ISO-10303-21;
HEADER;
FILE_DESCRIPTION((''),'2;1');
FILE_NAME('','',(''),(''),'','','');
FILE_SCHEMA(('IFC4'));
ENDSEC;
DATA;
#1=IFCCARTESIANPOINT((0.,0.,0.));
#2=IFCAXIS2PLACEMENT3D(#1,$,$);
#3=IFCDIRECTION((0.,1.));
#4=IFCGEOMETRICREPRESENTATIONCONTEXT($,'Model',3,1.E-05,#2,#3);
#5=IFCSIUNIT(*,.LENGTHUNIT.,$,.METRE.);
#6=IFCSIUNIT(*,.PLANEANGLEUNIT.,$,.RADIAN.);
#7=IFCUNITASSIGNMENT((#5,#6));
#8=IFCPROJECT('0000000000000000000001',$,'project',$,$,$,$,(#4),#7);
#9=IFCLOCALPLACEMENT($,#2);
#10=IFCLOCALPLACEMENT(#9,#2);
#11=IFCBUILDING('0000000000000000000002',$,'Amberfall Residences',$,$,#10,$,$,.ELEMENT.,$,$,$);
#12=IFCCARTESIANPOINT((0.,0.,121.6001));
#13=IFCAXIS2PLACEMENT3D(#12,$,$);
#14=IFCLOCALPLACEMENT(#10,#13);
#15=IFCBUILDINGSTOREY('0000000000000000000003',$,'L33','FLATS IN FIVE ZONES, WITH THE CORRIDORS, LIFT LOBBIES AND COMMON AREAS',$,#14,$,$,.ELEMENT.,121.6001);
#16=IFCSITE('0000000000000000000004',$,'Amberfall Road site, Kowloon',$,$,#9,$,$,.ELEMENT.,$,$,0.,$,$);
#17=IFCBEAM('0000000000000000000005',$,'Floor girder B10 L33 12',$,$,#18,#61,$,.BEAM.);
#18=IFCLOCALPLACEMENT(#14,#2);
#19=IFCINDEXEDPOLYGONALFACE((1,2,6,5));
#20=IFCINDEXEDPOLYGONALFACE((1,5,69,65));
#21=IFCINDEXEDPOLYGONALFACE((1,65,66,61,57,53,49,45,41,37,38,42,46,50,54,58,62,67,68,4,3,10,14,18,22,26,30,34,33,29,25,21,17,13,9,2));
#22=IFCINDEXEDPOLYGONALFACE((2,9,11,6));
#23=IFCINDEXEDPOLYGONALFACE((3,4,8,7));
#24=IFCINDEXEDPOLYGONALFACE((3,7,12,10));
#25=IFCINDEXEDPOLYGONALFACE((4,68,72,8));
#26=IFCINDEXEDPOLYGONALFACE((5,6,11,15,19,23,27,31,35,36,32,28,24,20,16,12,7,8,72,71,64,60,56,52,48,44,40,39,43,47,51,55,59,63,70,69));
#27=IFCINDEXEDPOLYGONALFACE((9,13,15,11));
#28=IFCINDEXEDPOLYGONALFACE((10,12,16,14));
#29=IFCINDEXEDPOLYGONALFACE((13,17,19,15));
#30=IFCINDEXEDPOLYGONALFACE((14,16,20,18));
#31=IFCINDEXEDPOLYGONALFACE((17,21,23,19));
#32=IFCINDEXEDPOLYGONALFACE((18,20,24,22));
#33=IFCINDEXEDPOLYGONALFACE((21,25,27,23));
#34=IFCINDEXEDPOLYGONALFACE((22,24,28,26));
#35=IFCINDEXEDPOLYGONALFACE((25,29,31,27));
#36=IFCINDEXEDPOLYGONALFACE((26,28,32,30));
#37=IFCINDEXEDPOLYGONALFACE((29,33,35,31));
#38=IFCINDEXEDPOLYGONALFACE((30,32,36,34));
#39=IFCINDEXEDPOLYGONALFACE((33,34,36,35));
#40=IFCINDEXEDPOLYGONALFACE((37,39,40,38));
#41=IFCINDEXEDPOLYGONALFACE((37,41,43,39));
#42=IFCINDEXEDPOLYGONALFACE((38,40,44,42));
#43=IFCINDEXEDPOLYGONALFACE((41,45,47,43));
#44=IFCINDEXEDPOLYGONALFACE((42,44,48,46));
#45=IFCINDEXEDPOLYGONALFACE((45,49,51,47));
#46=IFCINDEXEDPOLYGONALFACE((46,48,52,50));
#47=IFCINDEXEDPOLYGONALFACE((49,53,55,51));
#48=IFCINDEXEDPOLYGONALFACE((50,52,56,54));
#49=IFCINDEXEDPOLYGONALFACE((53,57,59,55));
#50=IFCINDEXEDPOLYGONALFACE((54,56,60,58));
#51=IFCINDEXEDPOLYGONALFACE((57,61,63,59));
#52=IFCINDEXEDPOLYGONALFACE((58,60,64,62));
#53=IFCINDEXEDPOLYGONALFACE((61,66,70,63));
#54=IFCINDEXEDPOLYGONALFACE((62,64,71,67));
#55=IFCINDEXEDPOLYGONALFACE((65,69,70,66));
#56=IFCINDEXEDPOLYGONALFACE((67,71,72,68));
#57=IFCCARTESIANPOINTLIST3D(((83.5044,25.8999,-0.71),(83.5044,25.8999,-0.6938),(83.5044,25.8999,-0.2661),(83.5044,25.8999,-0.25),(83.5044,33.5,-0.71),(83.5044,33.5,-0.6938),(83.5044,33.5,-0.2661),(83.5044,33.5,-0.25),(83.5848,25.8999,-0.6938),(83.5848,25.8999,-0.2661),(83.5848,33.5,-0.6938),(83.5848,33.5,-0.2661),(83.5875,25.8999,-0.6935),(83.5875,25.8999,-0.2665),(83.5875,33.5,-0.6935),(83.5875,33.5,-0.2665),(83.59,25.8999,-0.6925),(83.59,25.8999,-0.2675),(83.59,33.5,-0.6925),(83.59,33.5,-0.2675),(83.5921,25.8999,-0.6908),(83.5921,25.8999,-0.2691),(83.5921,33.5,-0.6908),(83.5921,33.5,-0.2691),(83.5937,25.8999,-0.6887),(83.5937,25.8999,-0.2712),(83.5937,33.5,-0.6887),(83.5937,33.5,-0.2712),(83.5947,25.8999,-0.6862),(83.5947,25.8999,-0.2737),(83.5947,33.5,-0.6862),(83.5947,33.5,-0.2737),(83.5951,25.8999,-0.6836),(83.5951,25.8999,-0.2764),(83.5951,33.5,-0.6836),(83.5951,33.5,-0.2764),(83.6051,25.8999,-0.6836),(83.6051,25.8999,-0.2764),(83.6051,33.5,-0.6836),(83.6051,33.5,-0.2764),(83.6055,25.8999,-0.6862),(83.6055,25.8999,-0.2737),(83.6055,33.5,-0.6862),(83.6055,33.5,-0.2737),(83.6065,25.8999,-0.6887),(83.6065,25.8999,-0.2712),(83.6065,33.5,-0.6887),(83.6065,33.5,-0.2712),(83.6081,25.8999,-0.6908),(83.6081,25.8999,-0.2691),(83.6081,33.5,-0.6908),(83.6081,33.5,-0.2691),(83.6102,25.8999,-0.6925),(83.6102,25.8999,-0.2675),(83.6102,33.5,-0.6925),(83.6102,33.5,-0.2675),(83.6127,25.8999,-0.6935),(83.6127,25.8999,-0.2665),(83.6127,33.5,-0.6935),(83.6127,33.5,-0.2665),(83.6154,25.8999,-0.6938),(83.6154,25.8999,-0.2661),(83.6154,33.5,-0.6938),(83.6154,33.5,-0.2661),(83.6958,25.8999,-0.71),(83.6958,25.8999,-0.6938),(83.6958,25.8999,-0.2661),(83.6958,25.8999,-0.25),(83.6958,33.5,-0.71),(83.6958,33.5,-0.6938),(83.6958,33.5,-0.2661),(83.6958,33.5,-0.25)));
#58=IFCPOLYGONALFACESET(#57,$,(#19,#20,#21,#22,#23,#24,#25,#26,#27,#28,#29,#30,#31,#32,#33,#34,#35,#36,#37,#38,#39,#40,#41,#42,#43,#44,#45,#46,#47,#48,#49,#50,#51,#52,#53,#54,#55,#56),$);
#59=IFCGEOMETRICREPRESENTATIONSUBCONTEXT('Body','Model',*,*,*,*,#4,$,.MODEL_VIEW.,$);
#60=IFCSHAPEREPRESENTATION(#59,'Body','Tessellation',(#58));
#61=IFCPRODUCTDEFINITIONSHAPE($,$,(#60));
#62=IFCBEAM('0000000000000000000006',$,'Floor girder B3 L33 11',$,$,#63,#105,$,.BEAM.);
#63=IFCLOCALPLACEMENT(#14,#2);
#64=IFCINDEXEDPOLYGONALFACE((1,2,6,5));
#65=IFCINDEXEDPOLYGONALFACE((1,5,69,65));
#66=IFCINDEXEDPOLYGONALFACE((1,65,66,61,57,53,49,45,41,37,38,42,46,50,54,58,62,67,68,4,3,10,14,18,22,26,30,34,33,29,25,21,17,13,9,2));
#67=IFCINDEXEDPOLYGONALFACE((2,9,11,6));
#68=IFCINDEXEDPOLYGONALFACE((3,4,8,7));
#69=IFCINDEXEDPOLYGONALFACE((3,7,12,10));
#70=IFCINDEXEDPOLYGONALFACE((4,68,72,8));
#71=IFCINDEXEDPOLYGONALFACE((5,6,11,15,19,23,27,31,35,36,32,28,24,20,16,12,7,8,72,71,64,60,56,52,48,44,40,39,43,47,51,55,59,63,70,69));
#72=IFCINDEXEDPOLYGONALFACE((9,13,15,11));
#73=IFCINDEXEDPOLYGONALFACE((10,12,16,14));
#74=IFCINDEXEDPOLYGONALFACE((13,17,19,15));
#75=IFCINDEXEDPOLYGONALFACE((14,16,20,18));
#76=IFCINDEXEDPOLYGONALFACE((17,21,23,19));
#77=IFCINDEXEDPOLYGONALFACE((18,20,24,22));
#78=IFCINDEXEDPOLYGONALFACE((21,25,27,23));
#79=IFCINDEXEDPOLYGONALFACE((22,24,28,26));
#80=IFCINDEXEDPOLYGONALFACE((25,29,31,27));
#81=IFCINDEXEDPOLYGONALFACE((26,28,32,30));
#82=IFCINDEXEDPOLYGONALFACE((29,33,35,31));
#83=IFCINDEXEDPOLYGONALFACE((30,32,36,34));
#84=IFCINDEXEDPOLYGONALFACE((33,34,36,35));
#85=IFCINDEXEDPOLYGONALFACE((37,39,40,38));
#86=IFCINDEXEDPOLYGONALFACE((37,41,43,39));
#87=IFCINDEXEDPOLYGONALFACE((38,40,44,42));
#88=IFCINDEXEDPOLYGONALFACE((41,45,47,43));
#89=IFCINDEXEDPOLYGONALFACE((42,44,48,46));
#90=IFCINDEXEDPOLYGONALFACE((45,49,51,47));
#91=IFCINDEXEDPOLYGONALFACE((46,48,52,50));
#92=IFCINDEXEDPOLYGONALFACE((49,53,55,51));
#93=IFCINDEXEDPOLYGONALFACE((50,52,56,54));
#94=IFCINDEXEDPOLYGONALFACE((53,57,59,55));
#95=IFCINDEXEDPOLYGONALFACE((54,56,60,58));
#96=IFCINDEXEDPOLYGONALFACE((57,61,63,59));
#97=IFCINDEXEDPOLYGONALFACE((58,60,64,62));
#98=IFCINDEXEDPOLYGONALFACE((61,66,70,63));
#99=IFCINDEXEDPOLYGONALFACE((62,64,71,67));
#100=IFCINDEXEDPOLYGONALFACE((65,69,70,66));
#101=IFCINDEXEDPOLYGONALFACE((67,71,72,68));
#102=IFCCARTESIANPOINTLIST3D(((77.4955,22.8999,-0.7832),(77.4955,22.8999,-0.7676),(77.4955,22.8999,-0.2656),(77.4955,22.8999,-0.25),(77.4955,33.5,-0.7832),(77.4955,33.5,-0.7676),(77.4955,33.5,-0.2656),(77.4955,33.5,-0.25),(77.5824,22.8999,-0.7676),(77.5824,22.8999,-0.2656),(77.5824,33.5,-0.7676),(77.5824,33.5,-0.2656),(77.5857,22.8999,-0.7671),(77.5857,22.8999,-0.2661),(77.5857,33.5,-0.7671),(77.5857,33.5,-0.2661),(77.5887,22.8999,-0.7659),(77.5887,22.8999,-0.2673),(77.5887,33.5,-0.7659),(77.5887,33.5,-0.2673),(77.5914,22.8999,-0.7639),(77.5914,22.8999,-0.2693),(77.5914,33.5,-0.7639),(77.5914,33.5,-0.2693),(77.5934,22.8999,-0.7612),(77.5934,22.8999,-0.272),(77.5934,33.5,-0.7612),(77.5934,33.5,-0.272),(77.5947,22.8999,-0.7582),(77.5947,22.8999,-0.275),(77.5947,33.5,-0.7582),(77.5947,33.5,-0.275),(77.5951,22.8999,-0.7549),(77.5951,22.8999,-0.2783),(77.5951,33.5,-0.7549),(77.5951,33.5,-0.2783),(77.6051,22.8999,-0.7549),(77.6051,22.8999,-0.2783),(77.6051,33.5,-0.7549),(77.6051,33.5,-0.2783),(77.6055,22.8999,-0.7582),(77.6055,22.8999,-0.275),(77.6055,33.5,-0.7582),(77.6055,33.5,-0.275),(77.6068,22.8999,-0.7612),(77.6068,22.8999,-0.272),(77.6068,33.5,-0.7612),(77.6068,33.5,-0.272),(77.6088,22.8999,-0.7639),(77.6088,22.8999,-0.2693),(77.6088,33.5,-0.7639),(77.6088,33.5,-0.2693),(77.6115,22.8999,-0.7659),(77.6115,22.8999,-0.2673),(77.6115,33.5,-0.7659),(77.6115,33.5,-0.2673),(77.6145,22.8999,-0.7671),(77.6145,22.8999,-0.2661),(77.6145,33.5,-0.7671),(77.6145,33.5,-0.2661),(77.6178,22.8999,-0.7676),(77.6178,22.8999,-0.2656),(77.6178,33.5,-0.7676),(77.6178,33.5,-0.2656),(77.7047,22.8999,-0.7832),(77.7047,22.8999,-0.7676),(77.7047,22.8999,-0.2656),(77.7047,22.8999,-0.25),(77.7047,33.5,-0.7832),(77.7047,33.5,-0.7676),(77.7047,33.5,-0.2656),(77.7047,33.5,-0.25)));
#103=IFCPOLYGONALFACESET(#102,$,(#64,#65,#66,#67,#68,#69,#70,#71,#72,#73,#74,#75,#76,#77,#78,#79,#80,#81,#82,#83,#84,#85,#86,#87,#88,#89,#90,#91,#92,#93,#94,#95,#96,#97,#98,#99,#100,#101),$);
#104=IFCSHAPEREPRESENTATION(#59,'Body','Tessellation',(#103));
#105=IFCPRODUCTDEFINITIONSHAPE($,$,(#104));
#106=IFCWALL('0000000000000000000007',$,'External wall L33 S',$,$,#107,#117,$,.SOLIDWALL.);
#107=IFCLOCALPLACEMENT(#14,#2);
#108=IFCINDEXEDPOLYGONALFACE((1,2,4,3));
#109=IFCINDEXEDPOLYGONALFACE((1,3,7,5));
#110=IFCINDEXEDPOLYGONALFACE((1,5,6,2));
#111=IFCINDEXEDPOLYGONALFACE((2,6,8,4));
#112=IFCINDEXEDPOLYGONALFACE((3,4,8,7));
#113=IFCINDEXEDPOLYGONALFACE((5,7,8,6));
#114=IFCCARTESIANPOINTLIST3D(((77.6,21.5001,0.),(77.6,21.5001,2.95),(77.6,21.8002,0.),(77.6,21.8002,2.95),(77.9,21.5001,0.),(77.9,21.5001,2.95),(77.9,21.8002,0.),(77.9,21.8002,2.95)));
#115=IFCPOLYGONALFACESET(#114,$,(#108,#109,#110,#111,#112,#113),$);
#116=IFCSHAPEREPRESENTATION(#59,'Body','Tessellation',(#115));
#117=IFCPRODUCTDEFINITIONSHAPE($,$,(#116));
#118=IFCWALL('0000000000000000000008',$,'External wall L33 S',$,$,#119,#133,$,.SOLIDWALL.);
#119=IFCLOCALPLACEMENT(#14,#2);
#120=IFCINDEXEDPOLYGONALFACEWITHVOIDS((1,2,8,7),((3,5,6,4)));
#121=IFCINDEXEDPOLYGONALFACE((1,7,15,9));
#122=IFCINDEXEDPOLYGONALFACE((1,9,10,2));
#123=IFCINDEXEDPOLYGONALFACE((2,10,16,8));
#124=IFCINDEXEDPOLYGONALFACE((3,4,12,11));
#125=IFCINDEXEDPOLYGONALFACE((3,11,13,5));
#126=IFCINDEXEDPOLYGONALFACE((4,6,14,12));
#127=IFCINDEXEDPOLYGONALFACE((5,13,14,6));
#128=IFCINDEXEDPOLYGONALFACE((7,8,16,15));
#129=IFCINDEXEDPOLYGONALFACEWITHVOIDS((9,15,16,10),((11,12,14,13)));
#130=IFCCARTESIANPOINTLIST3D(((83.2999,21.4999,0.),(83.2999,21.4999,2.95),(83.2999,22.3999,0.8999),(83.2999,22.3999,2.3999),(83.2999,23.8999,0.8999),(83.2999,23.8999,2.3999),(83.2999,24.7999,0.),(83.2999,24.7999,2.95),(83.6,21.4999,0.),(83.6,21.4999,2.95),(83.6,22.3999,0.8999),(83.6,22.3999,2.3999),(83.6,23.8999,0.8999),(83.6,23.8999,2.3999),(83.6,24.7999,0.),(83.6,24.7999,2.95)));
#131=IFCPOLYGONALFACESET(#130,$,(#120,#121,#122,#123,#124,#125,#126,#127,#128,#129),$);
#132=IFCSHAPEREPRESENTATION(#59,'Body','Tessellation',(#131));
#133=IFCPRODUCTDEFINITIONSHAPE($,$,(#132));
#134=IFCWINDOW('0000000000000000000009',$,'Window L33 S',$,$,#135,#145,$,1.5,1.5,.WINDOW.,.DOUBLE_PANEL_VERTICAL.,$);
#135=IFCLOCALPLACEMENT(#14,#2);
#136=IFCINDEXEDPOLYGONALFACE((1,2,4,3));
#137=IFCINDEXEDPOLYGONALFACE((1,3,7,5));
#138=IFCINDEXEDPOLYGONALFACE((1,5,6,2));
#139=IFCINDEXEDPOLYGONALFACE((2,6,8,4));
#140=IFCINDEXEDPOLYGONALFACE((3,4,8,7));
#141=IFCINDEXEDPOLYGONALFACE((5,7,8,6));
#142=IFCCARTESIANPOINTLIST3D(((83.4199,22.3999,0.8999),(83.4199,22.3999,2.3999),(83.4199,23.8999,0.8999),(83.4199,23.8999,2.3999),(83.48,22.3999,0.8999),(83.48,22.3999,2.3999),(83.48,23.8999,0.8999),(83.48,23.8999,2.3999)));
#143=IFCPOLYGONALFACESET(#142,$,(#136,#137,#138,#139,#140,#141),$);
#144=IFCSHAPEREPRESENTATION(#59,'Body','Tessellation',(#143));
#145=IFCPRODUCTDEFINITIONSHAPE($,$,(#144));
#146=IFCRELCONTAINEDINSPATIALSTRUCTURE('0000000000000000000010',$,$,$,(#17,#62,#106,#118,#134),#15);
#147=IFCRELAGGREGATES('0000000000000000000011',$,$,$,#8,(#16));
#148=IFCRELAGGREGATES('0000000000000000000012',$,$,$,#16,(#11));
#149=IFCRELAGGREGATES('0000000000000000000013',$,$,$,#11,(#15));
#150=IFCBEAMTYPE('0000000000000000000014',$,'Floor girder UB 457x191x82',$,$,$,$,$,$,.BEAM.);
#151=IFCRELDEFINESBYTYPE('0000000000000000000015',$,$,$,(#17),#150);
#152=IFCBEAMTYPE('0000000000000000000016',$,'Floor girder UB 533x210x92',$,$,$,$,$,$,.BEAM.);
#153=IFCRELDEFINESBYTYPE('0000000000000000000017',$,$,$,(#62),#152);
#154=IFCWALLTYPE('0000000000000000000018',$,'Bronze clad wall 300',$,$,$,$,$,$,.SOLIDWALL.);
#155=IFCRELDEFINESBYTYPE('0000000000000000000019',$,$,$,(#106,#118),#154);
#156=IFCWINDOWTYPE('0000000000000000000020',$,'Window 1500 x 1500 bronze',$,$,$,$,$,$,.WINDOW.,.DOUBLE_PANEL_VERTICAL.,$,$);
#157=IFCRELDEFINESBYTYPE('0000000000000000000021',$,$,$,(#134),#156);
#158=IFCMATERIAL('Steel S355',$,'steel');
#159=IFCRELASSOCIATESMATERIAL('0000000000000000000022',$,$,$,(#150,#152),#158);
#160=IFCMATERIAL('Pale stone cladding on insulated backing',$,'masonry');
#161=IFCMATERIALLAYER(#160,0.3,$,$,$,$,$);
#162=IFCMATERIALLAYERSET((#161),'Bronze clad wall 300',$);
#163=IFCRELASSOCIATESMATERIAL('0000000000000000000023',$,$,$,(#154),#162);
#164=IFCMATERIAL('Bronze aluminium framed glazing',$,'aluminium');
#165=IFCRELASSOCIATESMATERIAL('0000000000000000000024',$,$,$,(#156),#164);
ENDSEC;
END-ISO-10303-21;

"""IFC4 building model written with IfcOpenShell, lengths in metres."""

from ifc_helpers import new_model, si_unit, direction, frame, frame_2d, origin, origin_2d, place, context, subcontext, project, spatial, rectangle, i_section, extrude, material, layer, layer_set, material_profile, profile_set, type_object, element, fill, save


model = new_model("IFC4")

# Units and contexts
model_context = context("Model", 3, precision=1e-05, world=origin(), true_north=direction((0.0, 1.0)))
body_context = subcontext(model_context, "Body", "Model", "MODEL_VIEW")
ifc_project = project(units=[si_unit("LENGTHUNIT", "METRE"), si_unit("PLANEANGLEUNIT", "RADIAN")], contexts=[model_context])

# Site, building, storey
site_placement = place(None, origin())
site = spatial("IfcSite", under=ifc_project, at=site_placement, Name="Amberfall Road site, Kowloon", CompositionType="ELEMENT", RefElevation=0.0)
building_placement = place(site_placement, origin())
building = spatial("IfcBuilding", under=site, at=building_placement, Name="Amberfall Residences", CompositionType="ELEMENT")
storey_placement = place(building_placement, frame((0.0, 0.0, 121.6001)))
storey = spatial("IfcBuildingStorey", under=building, at=storey_placement, Name="L33", Description="FLATS IN FIVE ZONES, WITH THE CORRIDORS, LIFT LOBBIES AND COMMON AREAS", CompositionType="ELEMENT", Elevation=121.6001)

# Beams
ifc_material_1 = material(Name="Steel S355", Category="steel")
ifc_material_profile_1 = material_profile(ifc_material_1, i_section(OverallWidth=0.1914, OverallDepth=0.46, WebThickness=0.01, FlangeThickness=0.0161, FilletRadius=0.0103, at=origin_2d()), Name="UB 457x191x82")
ifc_profile_set_1 = profile_set([ifc_material_profile_1], Name="Steel S355")
beam_type_1 = type_object("IfcBeamType", Name="Floor girder UB 457x191x82", PredefinedType="BEAM", material=ifc_profile_set_1)
beam_1_placement = place(storey_placement, frame((83.6001, 25.8999, -0.48), z_axis=(0.0, 1.0, 0.0), x_axis=(-1.0, 0.0, 0.0)))
element("IfcBeam", 1, at=beam_1_placement, inside=storey, type_object=beam_type_1, Name="Floor girder B10 L33 12", PredefinedType="BEAM", context=body_context, shape_type="SweptSolid", body=[
    extrude(i_section(OverallWidth=0.1914, OverallDepth=0.46, WebThickness=0.01, FlangeThickness=0.0161, FilletRadius=0.0103, at=origin_2d()), origin(), (0.0, 0.0, 1.0), 7.6001),
])
ifc_material_profile_2 = material_profile(ifc_material_1, i_section(OverallWidth=0.2092, OverallDepth=0.5332, WebThickness=0.01, FlangeThickness=0.0156, FilletRadius=0.0127, at=origin_2d()), Name="UB 533x210x92")
ifc_profile_set_2 = profile_set([ifc_material_profile_2], Name="Steel S355")
beam_type_2 = type_object("IfcBeamType", Name="Floor girder UB 533x210x92", PredefinedType="BEAM", material=ifc_profile_set_2)
beam_2_placement = place(storey_placement, frame((77.6001, 22.8999, -0.5166), z_axis=(0.0, 1.0, 0.0), x_axis=(-1.0, 0.0, 0.0)))
element("IfcBeam", 2, at=beam_2_placement, inside=storey, type_object=beam_type_2, Name="Floor girder B3 L33 11", PredefinedType="BEAM", context=body_context, shape_type="SweptSolid", body=[
    extrude(i_section(OverallWidth=0.2092, OverallDepth=0.5332, WebThickness=0.01, FlangeThickness=0.0156, FilletRadius=0.0127, at=origin_2d()), origin(), (0.0, 0.0, 1.0), 10.6001),
])

# Wall
ifc_material_2 = material(Name="Pale stone cladding on insulated backing", Category="masonry")
ifc_layer_1 = layer(ifc_material_2, 0.3)
ifc_layer_set_1 = layer_set([ifc_layer_1], Name="Bronze clad wall 300")
wall_type_1 = type_object("IfcWallType", Name="Bronze clad wall 300", PredefinedType="SOLIDWALL", material=ifc_layer_set_1)
wall_1_placement = place(storey_placement, frame((77.75, 21.8, 0.0), z_axis=(0.0, 0.0, 1.0), x_axis=(0.0, -1.0, 0.0)))
element("IfcWall", 3, at=wall_1_placement, inside=storey, type_object=wall_type_1, Name="External wall L33 S", PredefinedType="SOLIDWALL", context=body_context, shape_type="SweptSolid", body=[
    extrude(rectangle(XDim=0.3, YDim=0.3, at=frame_2d((0.1499, 0.0))), origin(), (0.0, 0.0, 1.0), 2.95),
])

# Wall, opening, window
wall_2_placement = place(storey_placement, frame((83.45, 21.5, 0.0), z_axis=(0.0, 0.0, 1.0), x_axis=(0.0, 1.0, 0.0)))
wall_2 = element("IfcWall", 4, at=wall_2_placement, inside=storey, type_object=wall_type_1, Name="External wall L33 S", PredefinedType="SOLIDWALL", context=body_context, shape_type="SweptSolid", body=[
    extrude(rectangle(XDim=3.3, YDim=0.3, at=frame_2d((1.6499, 0.0))), origin(), (0.0, 0.0, 1.0), 2.95),
])
opening_1_placement = place(wall_2_placement, frame((0.8999, 0.0, 0.8999)))
opening_1 = element("IfcOpeningElement", 5, at=opening_1_placement, cuts=wall_2, PredefinedType="OPENING", context=body_context, shape_type="SweptSolid", body=[
    extrude(rectangle(XDim=1.5, YDim=1.5, at=frame_2d((0.75, 0.75))), frame((0.0, 0.1599, 0.0), z_axis=(0.0, -1.0, 0.0), x_axis=(1.0, 0.0, 0.0)), (0.0, 0.0, 1.0), 0.3201),
])
ifc_material_3 = material(Name="Bronze aluminium framed glazing", Category="aluminium")
window_type_1 = type_object("IfcWindowType", Name="Window 1500 x 1500 bronze", PartitioningType="DOUBLE_PANEL_VERTICAL", PredefinedType="WINDOW", material=ifc_material_3)
window_1_placement = place(opening_1_placement, origin())
window_1 = element("IfcWindow", 6, at=window_1_placement, inside=storey, type_object=window_type_1, Name="Window L33 S", OverallHeight=1.5, OverallWidth=1.5, PartitioningType="DOUBLE_PANEL_VERTICAL", PredefinedType="WINDOW", context=body_context, shape_type="SweptSolid", body=[
    extrude(rectangle(XDim=1.5, YDim=1.5, at=frame_2d((0.75, 0.75))), frame((0.0, 0.03, 0.0), z_axis=(0.0, -1.0, 0.0), x_axis=(1.0, 0.0, 0.0)), (0.0, 0.0, 1.0), 0.0601),
])
fill(opening_1, window_1)

save(model, "model.ifc")
